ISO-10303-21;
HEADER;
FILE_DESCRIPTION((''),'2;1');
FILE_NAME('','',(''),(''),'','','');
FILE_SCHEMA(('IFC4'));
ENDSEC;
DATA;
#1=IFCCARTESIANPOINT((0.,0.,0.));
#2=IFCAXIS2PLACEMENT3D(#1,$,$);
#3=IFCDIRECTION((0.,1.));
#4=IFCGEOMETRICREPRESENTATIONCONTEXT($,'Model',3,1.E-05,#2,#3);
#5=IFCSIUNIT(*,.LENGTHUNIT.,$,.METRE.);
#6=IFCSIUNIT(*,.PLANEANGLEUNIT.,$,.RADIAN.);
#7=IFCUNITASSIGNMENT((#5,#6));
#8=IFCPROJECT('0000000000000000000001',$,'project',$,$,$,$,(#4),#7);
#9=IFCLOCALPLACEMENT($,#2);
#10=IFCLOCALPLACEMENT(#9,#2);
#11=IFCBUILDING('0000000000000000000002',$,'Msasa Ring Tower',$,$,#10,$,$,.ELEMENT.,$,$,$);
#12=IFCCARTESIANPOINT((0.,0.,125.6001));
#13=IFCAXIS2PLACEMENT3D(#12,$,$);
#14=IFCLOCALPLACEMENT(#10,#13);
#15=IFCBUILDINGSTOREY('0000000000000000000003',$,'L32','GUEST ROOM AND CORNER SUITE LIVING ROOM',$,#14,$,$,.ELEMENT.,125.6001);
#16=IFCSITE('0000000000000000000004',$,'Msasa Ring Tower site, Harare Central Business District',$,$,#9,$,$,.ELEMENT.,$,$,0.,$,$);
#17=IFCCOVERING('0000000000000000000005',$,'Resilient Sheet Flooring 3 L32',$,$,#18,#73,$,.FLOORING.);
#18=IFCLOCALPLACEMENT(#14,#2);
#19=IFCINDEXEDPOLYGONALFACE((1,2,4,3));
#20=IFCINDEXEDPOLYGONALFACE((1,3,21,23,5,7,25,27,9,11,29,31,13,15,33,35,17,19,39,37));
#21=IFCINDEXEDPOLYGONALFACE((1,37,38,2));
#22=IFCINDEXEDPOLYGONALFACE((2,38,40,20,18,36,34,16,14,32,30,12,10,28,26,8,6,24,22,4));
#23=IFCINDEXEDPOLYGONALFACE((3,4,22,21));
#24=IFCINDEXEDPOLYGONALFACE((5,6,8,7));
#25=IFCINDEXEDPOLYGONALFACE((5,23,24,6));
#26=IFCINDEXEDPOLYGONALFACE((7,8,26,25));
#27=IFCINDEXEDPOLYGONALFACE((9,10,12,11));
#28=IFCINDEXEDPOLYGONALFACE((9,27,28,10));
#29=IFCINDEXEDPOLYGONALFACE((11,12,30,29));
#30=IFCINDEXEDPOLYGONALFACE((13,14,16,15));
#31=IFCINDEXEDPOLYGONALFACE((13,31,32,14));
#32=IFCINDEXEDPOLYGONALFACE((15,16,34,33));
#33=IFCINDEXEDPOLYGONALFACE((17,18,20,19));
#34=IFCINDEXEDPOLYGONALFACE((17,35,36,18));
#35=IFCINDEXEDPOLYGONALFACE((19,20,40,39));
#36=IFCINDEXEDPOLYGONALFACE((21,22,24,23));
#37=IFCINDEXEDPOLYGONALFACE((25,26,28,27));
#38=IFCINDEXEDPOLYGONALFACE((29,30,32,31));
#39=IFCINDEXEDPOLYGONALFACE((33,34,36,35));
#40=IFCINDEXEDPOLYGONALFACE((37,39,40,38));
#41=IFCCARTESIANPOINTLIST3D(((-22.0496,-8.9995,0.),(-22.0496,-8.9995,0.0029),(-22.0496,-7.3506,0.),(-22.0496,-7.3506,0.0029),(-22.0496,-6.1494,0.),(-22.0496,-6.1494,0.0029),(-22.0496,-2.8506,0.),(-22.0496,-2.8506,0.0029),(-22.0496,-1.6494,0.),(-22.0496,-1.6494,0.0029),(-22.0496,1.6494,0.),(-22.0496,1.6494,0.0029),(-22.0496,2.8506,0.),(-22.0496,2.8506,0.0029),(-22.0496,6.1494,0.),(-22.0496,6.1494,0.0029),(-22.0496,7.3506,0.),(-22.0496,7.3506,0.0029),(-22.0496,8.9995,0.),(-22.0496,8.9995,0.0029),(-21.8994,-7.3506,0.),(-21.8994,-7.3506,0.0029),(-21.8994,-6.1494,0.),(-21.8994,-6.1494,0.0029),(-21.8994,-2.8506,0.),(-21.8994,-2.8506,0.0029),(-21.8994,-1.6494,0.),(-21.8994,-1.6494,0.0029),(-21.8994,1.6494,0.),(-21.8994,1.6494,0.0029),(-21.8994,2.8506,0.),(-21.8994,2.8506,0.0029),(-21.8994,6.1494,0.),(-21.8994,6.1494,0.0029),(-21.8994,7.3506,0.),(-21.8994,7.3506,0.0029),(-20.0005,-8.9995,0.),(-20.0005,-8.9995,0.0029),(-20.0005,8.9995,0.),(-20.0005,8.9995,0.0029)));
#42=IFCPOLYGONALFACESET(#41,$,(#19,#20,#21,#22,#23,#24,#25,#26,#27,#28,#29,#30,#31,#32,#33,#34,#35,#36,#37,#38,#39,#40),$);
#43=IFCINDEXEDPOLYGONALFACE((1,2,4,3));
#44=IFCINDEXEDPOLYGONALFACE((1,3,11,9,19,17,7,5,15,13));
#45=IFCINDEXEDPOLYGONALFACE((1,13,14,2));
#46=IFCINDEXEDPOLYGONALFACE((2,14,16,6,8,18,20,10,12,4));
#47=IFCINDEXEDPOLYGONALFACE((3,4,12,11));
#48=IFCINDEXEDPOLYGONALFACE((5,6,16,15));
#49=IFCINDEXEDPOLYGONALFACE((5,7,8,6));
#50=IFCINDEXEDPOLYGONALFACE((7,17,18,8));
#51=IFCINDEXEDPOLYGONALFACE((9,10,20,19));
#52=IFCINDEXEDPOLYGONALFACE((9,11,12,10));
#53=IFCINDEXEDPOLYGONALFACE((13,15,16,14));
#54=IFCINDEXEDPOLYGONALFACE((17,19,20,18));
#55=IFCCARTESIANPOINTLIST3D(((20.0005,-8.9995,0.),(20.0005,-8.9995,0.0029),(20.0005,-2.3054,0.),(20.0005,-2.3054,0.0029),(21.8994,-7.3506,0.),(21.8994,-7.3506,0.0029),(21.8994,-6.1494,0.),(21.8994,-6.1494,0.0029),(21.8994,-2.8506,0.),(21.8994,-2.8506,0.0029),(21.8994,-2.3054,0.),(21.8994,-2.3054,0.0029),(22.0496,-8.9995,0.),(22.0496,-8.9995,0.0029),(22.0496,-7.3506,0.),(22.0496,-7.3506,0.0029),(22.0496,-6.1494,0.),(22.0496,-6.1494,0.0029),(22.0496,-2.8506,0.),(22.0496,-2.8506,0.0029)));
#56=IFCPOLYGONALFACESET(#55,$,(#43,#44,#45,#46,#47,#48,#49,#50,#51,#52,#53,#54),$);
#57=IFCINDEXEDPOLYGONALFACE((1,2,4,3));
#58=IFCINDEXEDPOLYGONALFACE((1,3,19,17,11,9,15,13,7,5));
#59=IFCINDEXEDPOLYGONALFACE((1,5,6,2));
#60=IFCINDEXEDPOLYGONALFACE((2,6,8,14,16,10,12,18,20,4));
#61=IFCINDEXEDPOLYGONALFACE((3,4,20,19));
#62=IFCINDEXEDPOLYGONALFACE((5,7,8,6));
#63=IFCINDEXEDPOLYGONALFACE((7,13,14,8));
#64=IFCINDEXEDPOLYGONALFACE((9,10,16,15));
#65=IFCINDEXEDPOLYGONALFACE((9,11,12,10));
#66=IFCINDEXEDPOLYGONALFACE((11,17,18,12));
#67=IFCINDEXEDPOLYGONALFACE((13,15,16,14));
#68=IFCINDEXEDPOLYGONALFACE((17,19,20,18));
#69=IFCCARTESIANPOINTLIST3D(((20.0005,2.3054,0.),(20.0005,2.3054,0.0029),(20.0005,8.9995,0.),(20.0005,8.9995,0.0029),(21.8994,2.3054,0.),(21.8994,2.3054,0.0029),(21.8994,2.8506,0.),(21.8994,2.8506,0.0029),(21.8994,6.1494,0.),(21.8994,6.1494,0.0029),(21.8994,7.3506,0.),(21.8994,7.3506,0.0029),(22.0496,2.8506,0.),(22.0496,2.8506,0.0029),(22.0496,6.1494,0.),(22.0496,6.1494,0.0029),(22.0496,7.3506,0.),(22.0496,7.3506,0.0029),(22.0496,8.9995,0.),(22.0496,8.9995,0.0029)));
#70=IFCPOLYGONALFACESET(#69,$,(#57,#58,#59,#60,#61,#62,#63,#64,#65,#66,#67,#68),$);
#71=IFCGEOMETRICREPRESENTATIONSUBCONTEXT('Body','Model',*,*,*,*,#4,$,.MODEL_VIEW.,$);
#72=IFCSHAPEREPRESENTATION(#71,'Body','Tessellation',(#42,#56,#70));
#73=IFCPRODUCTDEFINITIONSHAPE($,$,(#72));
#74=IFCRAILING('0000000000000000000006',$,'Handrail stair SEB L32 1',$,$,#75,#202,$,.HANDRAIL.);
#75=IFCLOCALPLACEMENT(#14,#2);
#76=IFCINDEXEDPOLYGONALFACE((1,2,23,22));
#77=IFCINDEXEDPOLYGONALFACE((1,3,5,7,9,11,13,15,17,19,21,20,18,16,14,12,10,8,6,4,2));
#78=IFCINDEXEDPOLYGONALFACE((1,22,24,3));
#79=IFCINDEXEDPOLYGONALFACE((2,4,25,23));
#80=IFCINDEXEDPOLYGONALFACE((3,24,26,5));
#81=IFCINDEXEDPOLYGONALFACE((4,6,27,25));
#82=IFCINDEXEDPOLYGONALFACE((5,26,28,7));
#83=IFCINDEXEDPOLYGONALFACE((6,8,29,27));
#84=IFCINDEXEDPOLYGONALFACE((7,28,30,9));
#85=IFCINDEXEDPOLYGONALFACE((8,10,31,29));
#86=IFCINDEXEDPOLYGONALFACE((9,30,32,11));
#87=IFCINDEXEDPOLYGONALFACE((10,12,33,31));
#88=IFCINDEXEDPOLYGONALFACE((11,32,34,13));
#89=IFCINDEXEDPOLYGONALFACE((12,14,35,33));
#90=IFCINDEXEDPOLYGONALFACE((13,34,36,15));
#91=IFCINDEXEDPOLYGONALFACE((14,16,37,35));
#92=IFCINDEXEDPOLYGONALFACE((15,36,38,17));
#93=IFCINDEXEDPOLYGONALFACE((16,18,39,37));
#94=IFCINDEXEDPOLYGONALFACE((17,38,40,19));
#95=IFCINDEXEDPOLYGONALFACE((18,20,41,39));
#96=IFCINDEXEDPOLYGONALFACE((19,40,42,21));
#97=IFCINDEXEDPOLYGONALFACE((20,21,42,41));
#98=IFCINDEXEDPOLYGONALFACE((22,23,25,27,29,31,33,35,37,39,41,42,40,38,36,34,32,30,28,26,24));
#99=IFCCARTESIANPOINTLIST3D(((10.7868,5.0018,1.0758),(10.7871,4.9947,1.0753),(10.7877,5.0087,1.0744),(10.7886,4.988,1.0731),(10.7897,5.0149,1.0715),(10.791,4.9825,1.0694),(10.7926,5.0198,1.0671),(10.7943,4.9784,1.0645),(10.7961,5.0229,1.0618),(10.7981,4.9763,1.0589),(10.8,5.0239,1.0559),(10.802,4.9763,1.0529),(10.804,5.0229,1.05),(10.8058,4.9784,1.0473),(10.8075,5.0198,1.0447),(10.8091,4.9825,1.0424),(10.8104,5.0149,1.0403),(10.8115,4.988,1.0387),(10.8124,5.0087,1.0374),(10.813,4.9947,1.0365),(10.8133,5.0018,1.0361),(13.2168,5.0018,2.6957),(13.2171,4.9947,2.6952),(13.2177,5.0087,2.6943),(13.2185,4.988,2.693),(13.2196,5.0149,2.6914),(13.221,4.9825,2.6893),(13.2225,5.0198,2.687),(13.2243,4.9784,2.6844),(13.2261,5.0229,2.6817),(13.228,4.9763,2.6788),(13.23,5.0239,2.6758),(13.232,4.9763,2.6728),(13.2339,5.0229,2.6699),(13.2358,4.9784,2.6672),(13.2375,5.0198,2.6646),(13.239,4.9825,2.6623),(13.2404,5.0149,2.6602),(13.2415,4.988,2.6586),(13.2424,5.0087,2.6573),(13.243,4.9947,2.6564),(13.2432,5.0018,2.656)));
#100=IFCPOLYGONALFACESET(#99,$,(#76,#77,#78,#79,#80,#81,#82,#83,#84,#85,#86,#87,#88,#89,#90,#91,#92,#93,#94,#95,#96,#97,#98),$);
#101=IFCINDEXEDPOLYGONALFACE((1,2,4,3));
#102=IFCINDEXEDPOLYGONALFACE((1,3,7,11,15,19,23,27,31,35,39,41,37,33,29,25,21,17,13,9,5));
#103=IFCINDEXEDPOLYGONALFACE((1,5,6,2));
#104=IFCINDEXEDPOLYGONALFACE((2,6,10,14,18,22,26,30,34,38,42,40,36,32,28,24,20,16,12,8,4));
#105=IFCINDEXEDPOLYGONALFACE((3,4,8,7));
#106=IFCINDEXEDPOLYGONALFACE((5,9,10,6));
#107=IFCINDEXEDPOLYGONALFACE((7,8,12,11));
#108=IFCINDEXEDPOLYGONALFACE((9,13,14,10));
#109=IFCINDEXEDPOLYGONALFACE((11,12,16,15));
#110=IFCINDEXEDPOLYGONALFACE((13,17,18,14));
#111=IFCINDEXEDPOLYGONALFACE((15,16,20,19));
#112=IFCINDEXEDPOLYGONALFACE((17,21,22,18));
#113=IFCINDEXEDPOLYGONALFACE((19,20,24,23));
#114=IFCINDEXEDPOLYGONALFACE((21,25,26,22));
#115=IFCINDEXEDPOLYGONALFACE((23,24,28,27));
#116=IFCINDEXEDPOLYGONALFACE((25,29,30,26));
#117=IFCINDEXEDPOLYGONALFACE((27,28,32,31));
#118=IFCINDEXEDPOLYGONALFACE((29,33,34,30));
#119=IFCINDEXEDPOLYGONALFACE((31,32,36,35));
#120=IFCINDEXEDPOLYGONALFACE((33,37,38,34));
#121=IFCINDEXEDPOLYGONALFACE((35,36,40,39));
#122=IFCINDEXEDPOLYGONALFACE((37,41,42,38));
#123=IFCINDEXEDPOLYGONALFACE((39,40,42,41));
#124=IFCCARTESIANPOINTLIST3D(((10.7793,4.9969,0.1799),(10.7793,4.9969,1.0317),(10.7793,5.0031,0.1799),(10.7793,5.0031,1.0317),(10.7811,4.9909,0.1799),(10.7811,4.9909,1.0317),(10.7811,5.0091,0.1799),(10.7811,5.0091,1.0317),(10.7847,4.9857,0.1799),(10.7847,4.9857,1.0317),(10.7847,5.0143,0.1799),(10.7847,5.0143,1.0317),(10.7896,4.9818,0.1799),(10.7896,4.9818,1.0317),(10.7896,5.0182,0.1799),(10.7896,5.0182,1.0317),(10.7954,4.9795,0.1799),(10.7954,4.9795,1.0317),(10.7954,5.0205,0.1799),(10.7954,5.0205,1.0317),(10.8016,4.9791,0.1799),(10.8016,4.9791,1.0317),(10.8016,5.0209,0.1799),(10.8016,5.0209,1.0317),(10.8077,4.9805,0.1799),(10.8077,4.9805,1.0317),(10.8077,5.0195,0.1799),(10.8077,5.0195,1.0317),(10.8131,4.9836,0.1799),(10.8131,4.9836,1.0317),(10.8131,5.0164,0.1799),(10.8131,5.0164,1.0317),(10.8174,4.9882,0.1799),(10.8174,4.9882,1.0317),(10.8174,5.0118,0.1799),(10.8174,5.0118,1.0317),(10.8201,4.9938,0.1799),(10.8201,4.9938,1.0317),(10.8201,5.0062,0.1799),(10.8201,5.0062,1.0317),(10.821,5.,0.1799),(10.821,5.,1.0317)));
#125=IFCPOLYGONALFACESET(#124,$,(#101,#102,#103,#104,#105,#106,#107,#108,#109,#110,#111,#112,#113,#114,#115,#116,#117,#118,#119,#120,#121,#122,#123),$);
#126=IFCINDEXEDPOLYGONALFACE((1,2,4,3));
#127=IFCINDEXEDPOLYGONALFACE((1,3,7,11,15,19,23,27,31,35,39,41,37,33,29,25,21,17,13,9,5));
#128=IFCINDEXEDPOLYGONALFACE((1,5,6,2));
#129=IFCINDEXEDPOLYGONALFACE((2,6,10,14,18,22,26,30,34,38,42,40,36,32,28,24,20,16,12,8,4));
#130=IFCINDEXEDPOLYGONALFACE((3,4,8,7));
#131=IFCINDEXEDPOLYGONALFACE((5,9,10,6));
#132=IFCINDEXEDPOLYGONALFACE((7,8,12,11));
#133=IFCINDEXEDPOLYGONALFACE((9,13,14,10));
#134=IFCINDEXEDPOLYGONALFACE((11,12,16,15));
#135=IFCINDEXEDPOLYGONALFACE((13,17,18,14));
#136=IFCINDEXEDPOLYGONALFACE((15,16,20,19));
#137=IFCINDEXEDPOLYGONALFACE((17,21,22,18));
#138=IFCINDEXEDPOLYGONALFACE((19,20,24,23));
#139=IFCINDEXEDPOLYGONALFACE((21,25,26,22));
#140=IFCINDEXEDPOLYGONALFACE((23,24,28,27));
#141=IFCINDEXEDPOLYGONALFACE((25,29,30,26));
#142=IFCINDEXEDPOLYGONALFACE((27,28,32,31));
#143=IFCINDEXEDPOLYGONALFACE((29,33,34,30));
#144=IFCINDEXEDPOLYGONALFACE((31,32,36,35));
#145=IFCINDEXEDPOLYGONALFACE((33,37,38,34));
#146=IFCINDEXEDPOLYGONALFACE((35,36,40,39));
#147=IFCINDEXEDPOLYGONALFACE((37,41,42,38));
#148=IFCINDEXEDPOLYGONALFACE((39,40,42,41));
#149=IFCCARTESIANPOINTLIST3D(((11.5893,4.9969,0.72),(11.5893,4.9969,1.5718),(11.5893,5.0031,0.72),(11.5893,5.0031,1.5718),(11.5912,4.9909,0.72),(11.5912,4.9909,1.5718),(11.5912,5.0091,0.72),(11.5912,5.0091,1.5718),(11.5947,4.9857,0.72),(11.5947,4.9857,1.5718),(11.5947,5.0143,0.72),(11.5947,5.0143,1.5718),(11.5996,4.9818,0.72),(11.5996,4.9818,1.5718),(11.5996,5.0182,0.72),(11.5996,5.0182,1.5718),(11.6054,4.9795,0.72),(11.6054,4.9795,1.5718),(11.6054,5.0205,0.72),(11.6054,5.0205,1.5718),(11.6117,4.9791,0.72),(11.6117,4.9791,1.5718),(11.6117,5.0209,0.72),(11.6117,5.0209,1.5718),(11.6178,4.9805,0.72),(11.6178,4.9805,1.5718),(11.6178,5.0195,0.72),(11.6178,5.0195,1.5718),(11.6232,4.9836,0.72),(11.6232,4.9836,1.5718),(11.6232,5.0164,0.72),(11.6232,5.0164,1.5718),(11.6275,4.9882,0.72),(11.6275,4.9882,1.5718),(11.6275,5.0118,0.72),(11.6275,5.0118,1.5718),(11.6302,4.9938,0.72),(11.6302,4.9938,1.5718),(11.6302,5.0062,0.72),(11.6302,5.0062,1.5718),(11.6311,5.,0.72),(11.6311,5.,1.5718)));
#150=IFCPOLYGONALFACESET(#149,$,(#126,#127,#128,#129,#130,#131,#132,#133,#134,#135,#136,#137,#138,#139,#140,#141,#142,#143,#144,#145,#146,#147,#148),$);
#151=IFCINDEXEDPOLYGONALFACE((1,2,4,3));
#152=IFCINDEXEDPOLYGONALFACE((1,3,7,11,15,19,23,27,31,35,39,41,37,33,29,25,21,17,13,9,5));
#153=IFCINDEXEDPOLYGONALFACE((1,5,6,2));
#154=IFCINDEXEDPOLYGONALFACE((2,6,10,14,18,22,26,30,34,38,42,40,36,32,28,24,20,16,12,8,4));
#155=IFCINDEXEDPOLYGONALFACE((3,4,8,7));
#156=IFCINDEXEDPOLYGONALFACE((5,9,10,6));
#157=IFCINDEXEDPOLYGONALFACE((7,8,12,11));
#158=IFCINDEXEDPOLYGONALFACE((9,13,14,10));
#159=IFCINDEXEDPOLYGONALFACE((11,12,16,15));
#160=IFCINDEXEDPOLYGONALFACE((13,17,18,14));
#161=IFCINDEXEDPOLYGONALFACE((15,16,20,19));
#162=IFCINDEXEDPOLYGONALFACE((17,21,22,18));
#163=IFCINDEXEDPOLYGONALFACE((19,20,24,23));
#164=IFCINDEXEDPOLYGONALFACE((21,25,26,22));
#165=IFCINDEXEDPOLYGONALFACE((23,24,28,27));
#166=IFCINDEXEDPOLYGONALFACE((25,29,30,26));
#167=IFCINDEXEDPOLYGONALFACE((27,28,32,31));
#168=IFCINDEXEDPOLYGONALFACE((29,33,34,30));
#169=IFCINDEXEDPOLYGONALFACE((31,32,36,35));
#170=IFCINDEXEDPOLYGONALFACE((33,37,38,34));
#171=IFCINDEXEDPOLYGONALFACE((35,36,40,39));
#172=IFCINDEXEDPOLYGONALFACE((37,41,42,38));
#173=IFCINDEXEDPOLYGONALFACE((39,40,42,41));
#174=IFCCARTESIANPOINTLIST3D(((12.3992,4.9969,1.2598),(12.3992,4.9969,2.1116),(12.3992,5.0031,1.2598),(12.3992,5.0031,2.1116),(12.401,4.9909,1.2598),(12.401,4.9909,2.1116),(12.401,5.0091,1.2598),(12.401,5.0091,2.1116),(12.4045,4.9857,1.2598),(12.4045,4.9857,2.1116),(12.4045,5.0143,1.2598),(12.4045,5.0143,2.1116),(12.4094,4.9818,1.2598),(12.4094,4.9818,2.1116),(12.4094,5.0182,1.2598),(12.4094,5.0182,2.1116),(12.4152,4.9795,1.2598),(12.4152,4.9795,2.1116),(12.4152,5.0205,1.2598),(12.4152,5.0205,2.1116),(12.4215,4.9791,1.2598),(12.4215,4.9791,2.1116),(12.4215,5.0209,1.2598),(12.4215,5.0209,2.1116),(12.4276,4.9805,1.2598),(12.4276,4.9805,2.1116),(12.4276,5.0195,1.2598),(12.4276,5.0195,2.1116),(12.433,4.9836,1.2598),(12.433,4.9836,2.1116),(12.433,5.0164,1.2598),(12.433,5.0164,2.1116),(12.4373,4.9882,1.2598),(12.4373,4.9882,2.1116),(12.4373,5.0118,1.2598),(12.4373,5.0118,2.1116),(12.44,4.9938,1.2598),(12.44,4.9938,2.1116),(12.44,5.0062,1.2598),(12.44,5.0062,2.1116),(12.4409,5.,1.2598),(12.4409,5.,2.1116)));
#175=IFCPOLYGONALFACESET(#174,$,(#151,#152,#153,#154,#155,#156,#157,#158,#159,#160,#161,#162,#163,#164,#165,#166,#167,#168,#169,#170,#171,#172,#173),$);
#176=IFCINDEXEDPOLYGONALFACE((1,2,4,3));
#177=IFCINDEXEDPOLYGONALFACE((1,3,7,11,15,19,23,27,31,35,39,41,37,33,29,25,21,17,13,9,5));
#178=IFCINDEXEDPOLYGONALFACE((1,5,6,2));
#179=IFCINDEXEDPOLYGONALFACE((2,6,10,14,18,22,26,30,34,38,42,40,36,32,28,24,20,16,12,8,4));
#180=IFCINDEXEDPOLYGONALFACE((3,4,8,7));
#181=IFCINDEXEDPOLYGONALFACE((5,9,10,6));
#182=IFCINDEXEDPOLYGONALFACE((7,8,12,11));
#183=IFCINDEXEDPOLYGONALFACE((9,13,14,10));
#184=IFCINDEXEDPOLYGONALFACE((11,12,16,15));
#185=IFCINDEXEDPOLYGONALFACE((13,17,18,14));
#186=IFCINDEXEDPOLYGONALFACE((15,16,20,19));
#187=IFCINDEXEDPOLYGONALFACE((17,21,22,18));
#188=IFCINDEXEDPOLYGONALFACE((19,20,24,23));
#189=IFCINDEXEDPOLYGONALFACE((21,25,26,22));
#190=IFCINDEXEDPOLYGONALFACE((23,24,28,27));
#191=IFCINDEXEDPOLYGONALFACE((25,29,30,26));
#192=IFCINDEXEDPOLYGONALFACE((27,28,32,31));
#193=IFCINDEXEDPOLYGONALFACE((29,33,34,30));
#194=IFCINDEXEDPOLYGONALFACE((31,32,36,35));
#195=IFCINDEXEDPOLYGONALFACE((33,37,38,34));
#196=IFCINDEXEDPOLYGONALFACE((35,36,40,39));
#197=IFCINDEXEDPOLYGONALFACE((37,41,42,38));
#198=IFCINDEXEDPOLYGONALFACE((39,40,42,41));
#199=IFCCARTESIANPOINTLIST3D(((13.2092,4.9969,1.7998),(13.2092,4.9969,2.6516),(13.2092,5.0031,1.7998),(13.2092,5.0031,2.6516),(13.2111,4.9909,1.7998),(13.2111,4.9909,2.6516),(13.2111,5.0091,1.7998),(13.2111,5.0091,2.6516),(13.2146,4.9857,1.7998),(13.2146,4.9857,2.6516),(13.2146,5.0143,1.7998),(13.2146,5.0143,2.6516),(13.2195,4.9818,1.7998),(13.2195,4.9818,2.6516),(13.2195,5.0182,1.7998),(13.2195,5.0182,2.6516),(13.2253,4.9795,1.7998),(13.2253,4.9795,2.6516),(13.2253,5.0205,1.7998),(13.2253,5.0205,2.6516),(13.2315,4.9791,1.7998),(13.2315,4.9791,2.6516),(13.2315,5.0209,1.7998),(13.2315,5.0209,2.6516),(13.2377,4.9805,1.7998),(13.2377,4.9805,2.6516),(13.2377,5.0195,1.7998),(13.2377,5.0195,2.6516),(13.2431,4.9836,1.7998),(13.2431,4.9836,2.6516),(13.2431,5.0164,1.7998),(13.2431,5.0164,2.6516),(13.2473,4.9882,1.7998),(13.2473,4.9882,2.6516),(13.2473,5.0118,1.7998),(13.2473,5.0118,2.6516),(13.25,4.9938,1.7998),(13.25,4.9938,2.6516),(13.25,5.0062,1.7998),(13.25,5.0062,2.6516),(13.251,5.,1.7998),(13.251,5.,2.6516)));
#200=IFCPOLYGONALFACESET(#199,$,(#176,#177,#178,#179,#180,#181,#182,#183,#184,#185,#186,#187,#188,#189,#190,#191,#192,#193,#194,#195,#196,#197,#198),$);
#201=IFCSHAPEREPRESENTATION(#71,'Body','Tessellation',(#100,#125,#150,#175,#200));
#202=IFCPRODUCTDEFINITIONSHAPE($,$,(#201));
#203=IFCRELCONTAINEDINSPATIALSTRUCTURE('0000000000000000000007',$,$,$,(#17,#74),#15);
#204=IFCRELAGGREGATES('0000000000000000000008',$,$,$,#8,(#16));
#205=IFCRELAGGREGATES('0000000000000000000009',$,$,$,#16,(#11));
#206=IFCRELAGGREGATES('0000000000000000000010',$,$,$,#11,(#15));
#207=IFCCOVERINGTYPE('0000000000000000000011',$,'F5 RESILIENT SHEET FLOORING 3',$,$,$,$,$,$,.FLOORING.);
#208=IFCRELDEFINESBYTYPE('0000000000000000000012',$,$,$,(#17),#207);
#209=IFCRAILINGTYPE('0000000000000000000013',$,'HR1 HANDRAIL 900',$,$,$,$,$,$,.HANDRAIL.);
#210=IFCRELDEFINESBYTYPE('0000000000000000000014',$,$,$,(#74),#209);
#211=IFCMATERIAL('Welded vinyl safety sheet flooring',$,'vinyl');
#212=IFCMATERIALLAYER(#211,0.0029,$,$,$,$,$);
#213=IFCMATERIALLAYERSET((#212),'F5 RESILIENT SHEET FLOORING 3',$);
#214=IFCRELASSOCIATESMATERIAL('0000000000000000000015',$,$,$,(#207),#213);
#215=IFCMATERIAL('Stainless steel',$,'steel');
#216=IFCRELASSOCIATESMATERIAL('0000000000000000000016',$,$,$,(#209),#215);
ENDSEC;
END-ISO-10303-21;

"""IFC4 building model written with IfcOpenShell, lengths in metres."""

from ifc_helpers import new_model, si_unit, direction, frame, origin, origin_2d, place, context, subcontext, project, spatial, line, indexed_curve, circle, outline, extrude, material, layer, layer_set, type_object, element, save


model = new_model("IFC4")

# Units and contexts
model_context = context("Model", 3, precision=1e-05, world=origin(), true_north=direction((0.0, 1.0)))
body_context = subcontext(model_context, "Body", "Model", "MODEL_VIEW")
ifc_project = project(units=[si_unit("LENGTHUNIT", "METRE"), si_unit("PLANEANGLEUNIT", "RADIAN")], contexts=[model_context])

# Site, building, storey
site_placement = place(None, origin())
site = spatial("IfcSite", under=ifc_project, at=site_placement, Name="Msasa Ring Tower site, Harare Central Business District", CompositionType="ELEMENT", RefElevation=0.0)
building_placement = place(site_placement, origin())
building = spatial("IfcBuilding", under=site, at=building_placement, Name="Msasa Ring Tower", CompositionType="ELEMENT")
storey_placement = place(building_placement, frame((0.0, 0.0, 125.6001)))
storey = spatial("IfcBuildingStorey", under=building, at=storey_placement, Name="L32", Description="GUEST ROOM AND CORNER SUITE LIVING ROOM", CompositionType="ELEMENT", Elevation=125.6001)

# Covering
ifc_material_1 = material(Name="Welded vinyl safety sheet flooring", Category="vinyl")
ifc_layer_1 = layer(ifc_material_1, 0.0029)
ifc_layer_set_1 = layer_set([ifc_layer_1], Name="F5 RESILIENT SHEET FLOORING 3")
covering_type_1 = type_object("IfcCoveringType", Name="F5 RESILIENT SHEET FLOORING 3", PredefinedType="FLOORING", material=ifc_layer_set_1)
covering_1_placement = place(storey_placement, origin())
element("IfcCovering", 1, at=covering_1_placement, inside=storey, type_object=covering_type_1, Name="Resilient Sheet Flooring 3 L32", PredefinedType="FLOORING", context=body_context, shape_type="SweptSolid", body=[
    extrude(outline(indexed_curve([(-20.0005, 8.9995), (-20.0005, -8.9995), (-22.0496, -8.9995), (-22.0496, -7.3506), (-21.8994, -7.3506), (-21.8994, -6.1494), (-22.0496, -6.1494), (-22.0496, -2.8506), (-21.8994, -2.8506), (-21.8994, -1.6494), (-22.0496, -1.6494), (-22.0496, 1.6494), (-21.8994, 1.6494), (-21.8994, 2.8506), (-22.0496, 2.8506), (-22.0496, 6.1494), (-21.8994, 6.1494), (-21.8994, 7.3506), (-22.0496, 7.3506), (-22.0496, 8.9995)], segments=[line(1, 2, 3, 4, 5, 6, 7, 8, 9, 10, 11, 12, 13, 14, 15, 16, 17, 18, 19, 20, 1)], self_intersect=False)), origin(), (0.0, 0.0, 1.0), 0.0029),
    extrude(outline(indexed_curve([(21.8994, -2.3054), (21.8994, -2.8506), (22.0496, -2.8506), (22.0496, -6.1494), (21.8994, -6.1494), (21.8994, -7.3506), (22.0496, -7.3506), (22.0496, -8.9995), (20.0005, -8.9995), (20.0005, -2.3054)], segments=[line(1, 2, 3, 4, 5, 6, 7, 8, 9, 10, 1)], self_intersect=False)), origin(), (0.0, 0.0, 1.0), 0.0029),
    extrude(outline(indexed_curve([(22.0496, 7.3506), (21.8994, 7.3506), (21.8994, 6.1494), (22.0496, 6.1494), (22.0496, 2.8506), (21.8994, 2.8506), (21.8994, 2.3054), (20.0005, 2.3054), (20.0005, 8.9995), (22.0496, 8.9995)], segments=[line(1, 2, 3, 4, 5, 6, 7, 8, 9, 10, 1)], self_intersect=False)), origin(), (0.0, 0.0, 1.0), 0.0029),
])

# Railing
ifc_material_2 = material(Name="Stainless steel", Category="steel")
railing_type = type_object("IfcRailingType", Name="HR1 HANDRAIL 900", PredefinedType="HANDRAIL", material=ifc_material_2)
for number, where, name in (
    (2, (10.8, 5.0, 0.1799), "Handrail stair SEB L32 1"),
):
    element("IfcRailing", number, at=place(storey_placement, frame(where)), inside=storey, type_object=railing_type, Name=name, PredefinedType="HANDRAIL", context=body_context, shape_type="SweptSolid", body=[
        extrude(circle(Radius=0.0239, at=origin_2d()), frame((0.0, 0.0, 0.876), z_axis=(0.832063, 0.0, 0.554681), x_axis=(0.0, 1.0, 0.0)), (0.0, 0.0, 1.0), 2.9204),
        extrude(circle(Radius=0.021, at=origin_2d()), origin(), (0.0, 0.0, 1.0), 0.8518),
        extrude(circle(Radius=0.021, at=origin_2d()), frame((0.8101, 0.0, 0.54)), (0.0, 0.0, 1.0), 0.8518),
        extrude(circle(Radius=0.021, at=origin_2d()), frame((1.6199, 0.0, 1.0798)), (0.0, 0.0, 1.0), 0.8518),
        extrude(circle(Radius=0.021, at=origin_2d()), frame((2.4299, 0.0, 1.6199)), (0.0, 0.0, 1.0), 0.8518),
    ])

save(model, "model.ifc")
